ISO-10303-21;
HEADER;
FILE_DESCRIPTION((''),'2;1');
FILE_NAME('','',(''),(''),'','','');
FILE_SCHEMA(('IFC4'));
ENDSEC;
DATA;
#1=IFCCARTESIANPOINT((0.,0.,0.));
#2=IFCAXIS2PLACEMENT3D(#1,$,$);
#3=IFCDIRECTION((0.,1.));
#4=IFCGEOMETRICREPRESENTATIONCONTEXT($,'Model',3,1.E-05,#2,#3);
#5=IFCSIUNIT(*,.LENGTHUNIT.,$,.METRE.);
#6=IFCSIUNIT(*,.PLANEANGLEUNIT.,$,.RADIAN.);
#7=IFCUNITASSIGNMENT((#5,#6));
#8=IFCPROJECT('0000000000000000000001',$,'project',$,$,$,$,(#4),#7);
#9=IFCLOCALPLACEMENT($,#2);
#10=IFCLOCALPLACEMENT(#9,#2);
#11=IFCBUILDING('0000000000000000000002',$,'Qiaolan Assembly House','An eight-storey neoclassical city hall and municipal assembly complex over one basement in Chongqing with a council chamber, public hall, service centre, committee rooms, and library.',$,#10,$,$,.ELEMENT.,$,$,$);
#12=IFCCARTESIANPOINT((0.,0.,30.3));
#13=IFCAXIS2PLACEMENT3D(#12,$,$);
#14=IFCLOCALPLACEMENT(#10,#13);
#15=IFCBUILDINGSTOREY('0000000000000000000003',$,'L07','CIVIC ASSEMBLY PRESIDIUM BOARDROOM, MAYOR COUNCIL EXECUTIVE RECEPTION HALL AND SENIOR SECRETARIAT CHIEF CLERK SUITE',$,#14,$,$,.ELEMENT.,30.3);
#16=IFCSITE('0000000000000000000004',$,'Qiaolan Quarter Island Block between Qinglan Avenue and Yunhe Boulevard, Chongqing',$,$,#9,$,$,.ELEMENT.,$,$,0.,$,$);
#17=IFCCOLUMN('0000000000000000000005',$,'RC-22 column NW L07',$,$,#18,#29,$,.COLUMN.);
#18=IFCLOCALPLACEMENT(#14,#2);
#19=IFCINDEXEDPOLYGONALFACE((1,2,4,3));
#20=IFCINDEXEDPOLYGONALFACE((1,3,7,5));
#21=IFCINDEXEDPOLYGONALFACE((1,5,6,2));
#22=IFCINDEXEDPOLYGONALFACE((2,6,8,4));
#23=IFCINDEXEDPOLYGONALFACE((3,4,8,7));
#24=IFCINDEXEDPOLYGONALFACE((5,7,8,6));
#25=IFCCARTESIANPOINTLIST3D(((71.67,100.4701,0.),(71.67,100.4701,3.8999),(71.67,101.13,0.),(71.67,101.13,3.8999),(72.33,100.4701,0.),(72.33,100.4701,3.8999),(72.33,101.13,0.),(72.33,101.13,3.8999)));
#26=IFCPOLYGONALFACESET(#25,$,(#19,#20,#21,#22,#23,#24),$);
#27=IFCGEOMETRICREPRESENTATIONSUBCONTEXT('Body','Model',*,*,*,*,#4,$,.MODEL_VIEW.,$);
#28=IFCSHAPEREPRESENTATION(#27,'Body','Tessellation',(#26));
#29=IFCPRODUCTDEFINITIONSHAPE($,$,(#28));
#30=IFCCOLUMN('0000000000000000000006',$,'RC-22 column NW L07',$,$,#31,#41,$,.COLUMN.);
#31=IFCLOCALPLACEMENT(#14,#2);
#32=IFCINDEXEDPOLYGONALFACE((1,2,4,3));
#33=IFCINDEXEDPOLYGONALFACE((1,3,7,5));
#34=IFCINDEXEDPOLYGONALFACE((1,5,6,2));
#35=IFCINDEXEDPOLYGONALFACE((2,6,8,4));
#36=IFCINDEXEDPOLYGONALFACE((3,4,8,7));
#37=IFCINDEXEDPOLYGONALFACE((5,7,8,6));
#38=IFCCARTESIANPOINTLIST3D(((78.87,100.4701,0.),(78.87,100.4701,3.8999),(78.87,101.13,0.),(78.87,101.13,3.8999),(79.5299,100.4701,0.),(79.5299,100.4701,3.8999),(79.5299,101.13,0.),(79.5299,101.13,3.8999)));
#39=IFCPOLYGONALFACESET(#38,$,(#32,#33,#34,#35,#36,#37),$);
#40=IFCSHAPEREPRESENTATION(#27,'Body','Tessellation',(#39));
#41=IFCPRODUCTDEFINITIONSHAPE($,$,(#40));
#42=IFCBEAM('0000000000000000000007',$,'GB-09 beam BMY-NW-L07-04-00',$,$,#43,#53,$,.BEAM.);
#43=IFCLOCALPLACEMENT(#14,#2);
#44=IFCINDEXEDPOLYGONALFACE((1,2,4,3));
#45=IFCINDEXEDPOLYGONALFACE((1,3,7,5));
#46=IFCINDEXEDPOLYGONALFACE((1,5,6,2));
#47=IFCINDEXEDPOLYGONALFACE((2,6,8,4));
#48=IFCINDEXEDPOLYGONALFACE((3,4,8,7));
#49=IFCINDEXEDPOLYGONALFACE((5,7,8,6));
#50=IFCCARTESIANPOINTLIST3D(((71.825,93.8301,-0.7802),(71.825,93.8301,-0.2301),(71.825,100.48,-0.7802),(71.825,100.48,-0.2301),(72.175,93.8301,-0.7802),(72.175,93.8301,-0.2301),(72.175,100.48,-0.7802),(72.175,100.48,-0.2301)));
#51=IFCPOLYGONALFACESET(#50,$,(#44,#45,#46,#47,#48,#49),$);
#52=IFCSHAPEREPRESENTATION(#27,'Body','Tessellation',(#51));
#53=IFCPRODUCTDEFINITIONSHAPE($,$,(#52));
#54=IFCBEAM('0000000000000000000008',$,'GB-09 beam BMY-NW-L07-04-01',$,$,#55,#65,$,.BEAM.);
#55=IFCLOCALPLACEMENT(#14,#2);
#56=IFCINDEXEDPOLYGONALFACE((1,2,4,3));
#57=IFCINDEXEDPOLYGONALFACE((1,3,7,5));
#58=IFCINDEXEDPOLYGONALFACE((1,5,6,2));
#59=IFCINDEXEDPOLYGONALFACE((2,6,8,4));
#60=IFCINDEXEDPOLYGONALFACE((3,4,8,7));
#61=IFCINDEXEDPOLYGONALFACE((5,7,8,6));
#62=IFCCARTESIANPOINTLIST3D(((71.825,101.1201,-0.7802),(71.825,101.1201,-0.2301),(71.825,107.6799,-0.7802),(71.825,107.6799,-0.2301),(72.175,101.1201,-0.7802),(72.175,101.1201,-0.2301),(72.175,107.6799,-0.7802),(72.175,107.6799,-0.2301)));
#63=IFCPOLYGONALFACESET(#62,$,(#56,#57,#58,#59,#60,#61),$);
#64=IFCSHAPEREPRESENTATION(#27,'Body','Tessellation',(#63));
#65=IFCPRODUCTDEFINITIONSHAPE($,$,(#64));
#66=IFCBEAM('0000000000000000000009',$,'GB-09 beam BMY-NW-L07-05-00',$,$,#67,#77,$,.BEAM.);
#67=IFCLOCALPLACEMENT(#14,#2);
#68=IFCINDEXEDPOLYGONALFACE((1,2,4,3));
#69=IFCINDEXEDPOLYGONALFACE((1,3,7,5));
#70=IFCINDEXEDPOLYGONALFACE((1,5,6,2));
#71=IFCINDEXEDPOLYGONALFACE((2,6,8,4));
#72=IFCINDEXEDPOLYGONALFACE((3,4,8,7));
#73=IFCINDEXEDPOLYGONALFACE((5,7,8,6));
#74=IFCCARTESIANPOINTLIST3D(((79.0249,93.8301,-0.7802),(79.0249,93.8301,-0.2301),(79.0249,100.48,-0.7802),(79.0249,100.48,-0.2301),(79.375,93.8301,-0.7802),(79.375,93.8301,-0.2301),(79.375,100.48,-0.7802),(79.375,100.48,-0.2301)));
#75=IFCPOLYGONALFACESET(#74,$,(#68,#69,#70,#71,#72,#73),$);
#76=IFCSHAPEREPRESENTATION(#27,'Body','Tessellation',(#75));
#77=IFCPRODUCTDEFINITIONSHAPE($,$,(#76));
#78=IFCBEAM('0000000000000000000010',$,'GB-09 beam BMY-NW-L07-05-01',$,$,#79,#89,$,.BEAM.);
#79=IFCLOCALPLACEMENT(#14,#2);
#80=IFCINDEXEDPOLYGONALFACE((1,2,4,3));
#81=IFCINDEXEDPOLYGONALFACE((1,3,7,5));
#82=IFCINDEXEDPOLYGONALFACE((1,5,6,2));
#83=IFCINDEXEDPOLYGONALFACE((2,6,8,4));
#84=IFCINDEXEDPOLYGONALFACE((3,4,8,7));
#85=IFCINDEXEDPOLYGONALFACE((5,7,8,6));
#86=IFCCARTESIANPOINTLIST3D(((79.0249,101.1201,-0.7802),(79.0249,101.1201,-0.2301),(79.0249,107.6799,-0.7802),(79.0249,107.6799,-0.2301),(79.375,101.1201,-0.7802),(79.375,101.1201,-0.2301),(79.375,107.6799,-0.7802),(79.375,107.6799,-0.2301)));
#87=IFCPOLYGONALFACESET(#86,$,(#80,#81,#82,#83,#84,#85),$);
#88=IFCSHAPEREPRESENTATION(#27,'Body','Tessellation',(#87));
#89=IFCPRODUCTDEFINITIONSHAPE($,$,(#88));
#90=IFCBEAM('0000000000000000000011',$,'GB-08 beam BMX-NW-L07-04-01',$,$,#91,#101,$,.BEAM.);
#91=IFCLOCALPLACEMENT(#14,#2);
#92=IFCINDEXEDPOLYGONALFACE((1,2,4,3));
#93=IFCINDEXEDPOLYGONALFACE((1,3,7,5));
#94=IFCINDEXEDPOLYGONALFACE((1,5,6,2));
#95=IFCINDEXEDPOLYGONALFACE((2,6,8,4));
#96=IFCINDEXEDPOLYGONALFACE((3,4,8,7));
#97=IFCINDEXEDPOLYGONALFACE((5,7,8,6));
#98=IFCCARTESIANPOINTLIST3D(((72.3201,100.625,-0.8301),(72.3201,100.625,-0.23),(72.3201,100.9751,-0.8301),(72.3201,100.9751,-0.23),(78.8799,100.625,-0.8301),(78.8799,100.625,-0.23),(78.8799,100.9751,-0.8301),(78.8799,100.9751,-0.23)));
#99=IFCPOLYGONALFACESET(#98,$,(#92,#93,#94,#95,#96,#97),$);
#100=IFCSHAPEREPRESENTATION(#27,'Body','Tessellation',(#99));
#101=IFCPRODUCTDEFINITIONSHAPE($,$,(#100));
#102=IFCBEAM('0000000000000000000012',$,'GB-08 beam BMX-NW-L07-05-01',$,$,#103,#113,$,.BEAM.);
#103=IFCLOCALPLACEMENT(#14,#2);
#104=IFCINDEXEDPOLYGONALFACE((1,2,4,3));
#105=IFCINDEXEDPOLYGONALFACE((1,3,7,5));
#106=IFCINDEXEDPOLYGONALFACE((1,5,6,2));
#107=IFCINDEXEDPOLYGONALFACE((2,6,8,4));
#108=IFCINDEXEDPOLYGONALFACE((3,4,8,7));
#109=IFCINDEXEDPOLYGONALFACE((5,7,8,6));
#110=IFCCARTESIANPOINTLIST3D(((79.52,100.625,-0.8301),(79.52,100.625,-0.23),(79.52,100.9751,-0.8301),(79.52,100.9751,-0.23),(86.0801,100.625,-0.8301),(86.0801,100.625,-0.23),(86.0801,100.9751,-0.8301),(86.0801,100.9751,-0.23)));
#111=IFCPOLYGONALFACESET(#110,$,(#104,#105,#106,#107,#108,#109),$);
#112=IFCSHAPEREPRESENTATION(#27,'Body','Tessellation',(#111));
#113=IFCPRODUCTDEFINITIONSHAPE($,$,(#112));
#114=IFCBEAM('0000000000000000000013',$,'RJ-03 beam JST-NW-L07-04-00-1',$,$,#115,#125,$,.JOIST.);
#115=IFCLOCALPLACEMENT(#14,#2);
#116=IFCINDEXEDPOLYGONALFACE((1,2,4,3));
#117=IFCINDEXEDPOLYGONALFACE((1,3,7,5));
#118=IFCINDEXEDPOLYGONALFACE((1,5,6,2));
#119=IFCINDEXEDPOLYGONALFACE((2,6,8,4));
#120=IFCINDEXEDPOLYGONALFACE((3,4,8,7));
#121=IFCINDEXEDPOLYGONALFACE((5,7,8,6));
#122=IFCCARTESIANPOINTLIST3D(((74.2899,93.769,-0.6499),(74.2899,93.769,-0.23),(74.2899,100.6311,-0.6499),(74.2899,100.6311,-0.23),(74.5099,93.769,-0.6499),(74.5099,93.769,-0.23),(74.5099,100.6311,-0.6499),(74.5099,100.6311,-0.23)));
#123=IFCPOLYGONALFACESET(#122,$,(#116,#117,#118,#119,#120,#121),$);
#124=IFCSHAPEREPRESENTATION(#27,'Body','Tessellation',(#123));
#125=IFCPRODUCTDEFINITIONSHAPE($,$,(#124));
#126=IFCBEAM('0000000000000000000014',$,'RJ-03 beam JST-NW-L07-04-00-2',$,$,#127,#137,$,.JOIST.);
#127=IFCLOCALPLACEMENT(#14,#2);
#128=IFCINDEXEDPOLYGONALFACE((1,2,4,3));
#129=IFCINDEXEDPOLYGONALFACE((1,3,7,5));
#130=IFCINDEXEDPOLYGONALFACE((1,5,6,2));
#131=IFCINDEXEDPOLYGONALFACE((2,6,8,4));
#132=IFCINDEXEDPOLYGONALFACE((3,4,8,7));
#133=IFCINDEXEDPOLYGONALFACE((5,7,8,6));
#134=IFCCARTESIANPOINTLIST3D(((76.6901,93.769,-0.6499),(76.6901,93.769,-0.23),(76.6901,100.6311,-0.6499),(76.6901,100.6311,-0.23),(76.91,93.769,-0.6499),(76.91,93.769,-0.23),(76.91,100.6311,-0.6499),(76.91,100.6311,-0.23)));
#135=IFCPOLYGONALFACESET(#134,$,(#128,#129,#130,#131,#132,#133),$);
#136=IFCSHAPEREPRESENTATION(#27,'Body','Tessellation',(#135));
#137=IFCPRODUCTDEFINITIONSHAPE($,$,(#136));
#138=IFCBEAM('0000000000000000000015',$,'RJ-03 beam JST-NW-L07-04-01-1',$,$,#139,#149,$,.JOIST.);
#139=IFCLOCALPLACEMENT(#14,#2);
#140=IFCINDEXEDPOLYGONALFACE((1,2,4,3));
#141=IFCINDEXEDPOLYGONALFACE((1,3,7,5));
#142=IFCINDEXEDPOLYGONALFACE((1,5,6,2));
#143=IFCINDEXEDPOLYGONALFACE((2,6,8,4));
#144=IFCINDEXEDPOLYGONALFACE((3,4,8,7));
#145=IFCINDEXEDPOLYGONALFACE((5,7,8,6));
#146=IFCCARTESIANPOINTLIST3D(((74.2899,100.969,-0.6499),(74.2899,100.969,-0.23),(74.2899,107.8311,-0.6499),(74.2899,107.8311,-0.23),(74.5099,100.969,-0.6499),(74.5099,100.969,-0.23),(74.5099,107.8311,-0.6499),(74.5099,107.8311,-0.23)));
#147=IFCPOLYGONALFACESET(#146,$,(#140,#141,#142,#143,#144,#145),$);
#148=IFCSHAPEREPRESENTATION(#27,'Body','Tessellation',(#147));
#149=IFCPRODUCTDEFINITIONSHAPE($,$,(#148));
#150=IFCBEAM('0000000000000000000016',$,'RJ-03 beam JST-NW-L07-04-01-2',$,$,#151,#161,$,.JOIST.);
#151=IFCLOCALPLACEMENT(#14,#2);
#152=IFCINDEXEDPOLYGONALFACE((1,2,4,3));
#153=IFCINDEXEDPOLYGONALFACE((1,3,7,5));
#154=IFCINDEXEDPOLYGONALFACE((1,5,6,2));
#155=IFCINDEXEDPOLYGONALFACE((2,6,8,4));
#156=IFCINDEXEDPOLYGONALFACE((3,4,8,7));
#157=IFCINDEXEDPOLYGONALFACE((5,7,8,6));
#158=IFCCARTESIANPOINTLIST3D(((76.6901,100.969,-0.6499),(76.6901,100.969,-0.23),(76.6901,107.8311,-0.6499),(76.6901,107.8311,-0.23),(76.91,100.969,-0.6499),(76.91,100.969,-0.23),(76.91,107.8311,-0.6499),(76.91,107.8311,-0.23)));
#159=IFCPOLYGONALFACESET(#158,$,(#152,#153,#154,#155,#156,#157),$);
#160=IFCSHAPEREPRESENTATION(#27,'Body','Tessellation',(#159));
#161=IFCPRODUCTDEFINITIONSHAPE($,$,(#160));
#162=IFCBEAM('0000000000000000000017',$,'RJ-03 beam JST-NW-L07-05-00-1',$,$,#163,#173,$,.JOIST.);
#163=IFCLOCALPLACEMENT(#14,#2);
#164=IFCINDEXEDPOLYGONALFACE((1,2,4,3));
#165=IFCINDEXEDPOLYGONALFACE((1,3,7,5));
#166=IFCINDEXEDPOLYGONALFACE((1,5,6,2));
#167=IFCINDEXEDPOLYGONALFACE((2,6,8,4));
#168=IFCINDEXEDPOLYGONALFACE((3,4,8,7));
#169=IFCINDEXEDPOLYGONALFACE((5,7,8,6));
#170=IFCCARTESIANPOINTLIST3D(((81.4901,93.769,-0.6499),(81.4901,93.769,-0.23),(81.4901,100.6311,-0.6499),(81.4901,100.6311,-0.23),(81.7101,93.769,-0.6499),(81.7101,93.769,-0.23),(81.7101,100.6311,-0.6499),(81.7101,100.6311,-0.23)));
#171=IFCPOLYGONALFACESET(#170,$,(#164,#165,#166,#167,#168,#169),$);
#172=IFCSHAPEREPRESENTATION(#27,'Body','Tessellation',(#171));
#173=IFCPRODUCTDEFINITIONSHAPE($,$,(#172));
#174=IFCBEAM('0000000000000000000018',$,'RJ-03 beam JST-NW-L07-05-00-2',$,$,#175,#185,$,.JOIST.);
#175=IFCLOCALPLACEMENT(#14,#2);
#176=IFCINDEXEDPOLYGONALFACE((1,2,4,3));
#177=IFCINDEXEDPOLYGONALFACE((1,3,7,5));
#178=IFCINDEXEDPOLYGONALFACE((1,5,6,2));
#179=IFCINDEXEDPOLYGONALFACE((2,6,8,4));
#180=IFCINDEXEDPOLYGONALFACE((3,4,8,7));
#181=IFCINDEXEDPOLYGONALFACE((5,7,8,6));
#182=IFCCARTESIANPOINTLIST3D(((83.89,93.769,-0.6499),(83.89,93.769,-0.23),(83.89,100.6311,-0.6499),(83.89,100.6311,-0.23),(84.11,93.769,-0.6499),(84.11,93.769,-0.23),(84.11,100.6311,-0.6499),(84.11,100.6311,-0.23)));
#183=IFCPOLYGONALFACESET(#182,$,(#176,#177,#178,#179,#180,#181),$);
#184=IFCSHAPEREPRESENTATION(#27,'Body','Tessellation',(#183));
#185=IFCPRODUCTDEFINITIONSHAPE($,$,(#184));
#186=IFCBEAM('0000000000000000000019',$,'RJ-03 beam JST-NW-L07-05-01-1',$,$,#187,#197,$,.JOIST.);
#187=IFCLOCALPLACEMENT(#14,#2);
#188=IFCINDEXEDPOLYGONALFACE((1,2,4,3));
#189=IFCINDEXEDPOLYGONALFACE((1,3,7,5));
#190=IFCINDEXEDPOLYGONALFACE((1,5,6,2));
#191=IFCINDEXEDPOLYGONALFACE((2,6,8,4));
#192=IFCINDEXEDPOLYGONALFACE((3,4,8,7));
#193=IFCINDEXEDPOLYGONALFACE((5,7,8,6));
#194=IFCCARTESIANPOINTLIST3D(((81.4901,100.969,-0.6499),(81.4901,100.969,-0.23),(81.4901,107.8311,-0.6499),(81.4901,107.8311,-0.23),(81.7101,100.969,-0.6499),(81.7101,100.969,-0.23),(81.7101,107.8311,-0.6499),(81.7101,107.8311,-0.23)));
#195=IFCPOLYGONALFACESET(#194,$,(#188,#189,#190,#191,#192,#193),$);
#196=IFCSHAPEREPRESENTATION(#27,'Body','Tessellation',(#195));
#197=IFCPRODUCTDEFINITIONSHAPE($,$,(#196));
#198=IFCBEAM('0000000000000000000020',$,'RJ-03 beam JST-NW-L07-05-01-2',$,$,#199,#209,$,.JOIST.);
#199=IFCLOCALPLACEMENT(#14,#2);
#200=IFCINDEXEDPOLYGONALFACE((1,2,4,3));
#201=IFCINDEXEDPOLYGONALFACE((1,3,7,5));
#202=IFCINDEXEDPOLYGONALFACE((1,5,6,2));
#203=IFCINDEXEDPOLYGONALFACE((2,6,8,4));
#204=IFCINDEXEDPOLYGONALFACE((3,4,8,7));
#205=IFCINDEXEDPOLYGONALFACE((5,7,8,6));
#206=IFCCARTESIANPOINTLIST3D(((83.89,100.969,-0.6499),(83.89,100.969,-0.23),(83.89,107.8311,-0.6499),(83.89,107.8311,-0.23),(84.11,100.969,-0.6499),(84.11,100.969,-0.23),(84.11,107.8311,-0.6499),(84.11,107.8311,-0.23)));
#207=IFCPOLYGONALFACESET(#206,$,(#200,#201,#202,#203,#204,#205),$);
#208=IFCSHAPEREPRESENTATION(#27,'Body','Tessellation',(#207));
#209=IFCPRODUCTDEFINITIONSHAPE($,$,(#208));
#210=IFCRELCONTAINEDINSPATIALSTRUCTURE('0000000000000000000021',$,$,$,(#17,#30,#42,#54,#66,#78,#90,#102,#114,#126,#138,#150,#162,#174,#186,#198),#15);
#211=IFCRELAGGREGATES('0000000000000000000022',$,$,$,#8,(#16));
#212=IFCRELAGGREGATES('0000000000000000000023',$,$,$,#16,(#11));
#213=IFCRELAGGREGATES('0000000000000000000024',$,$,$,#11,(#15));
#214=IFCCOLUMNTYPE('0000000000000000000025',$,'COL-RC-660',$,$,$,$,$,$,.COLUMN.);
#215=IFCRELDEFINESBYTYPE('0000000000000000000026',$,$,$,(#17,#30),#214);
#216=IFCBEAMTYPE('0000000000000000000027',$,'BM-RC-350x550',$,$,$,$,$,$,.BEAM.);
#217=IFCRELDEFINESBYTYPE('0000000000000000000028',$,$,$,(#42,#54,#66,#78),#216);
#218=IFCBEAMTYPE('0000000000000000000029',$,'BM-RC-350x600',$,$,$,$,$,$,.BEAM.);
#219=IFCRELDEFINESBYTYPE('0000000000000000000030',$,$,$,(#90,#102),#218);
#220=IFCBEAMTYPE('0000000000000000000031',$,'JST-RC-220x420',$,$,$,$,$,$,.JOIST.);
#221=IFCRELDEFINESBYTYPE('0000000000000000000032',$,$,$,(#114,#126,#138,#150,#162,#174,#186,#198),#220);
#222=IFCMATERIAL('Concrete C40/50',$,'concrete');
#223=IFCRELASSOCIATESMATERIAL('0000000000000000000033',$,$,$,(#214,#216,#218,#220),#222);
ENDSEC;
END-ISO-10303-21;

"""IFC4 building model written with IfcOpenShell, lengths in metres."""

from ifc_helpers import new_model, si_unit, direction, frame, origin, origin_2d, place, context, subcontext, project, spatial, rectangle, extrude, material, material_profile, profile_set, type_object, element, save


model = new_model("IFC4")

# Units and contexts
model_context = context("Model", 3, precision=1e-05, world=origin(), true_north=direction((0.0, 1.0)))
body_context = subcontext(model_context, "Body", "Model", "MODEL_VIEW")
ifc_project = project(units=[si_unit("LENGTHUNIT", "METRE"), si_unit("PLANEANGLEUNIT", "RADIAN")], contexts=[model_context])

# Site, building, storey
site_placement = place(None, origin())
site = spatial("IfcSite", under=ifc_project, at=site_placement, Name="Qiaolan Quarter Island Block between Qinglan Avenue and Yunhe Boulevard, Chongqing", CompositionType="ELEMENT", RefElevation=0.0)
building_placement = place(site_placement, origin())
building = spatial("IfcBuilding", under=site, at=building_placement, Name="Qiaolan Assembly House", Description="An eight-storey neoclassical city hall and municipal assembly complex over one basement in Chongqing with a council chamber, public hall, service centre, committee rooms, and library.", CompositionType="ELEMENT")
storey_placement = place(building_placement, frame((0.0, 0.0, 30.3)))
storey = spatial("IfcBuildingStorey", under=building, at=storey_placement, Name="L07", Description="CIVIC ASSEMBLY PRESIDIUM BOARDROOM, MAYOR COUNCIL EXECUTIVE RECEPTION HALL AND SENIOR SECRETARIAT CHIEF CLERK SUITE", CompositionType="ELEMENT", Elevation=30.3)

# Columns
ifc_material_1 = material(Name="Concrete C40/50", Category="concrete")
ifc_material_profile_1 = material_profile(ifc_material_1, rectangle(XDim=0.6599, YDim=0.6599, at=origin_2d()), Name="RC 660x660")
ifc_profile_set_1 = profile_set([ifc_material_profile_1], Name="Concrete C40/50")
column_type = type_object("IfcColumnType", Name="COL-RC-660", PredefinedType="COLUMN", material=ifc_profile_set_1)
for number, where, z_axis, x_axis, name in (
    (1, (72.0, 100.8, 0.0), (0.0, 0.0, 1.0), (1.0, 0.0, 0.0), "RC-22 column NW L07"),
    (2, (79.2, 100.8, 0.0), (0.0, 0.0, 1.0), (1.0, 0.0, 0.0), "RC-22 column NW L07"),
):
    element("IfcColumn", number, at=place(storey_placement, frame(where, z_axis=z_axis, x_axis=x_axis)), inside=storey, type_object=column_type, Name=name, PredefinedType="COLUMN", context=body_context, shape_type="SweptSolid", body=[
        extrude(rectangle(XDim=0.6599, YDim=0.6599, at=origin_2d()), origin(), (0.0, 0.0, 1.0), 3.8999),
    ])

# Beams
ifc_material_profile_2 = material_profile(ifc_material_1, rectangle(XDim=0.3501, YDim=0.55, at=origin_2d()), Name="RCB 350x550")
ifc_profile_set_2 = profile_set([ifc_material_profile_2], Name="Concrete C40/50")
beam_type_1 = type_object("IfcBeamType", Name="BM-RC-350x550", PredefinedType="BEAM", material=ifc_profile_set_2)
beam_1_placement = place(storey_placement, frame((72.0, 93.8301, -0.5051), z_axis=(0.0, 1.0, 0.0), x_axis=(-1.0, 0.0, 0.0)))
element("IfcBeam", 3, at=beam_1_placement, inside=storey, type_object=beam_type_1, Name="GB-09 beam BMY-NW-L07-04-00", PredefinedType="BEAM", context=body_context, shape_type="SweptSolid", body=[
    extrude(rectangle(XDim=0.3501, YDim=0.55, at=origin_2d()), origin(), (0.0, 0.0, 1.0), 6.6499),
])
beam_2_placement = place(storey_placement, frame((72.0, 101.1201, -0.5051), z_axis=(0.0, 1.0, 0.0), x_axis=(-1.0, 0.0, 0.0)))
element("IfcBeam", 4, at=beam_2_placement, inside=storey, type_object=beam_type_1, Name="GB-09 beam BMY-NW-L07-04-01", PredefinedType="BEAM", context=body_context, shape_type="SweptSolid", body=[
    extrude(rectangle(XDim=0.3501, YDim=0.55, at=origin_2d()), origin(), (0.0, 0.0, 1.0), 6.5598),
])
beam_3_placement = place(storey_placement, frame((79.2, 93.8301, -0.5051), z_axis=(0.0, 1.0, 0.0), x_axis=(-1.0, 0.0, 0.0)))
element("IfcBeam", 5, at=beam_3_placement, inside=storey, type_object=beam_type_1, Name="GB-09 beam BMY-NW-L07-05-00", PredefinedType="BEAM", context=body_context, shape_type="SweptSolid", body=[
    extrude(rectangle(XDim=0.3501, YDim=0.55, at=origin_2d()), origin(), (0.0, 0.0, 1.0), 6.6499),
])
beam_4_placement = place(storey_placement, frame((79.2, 101.1201, -0.5051), z_axis=(0.0, 1.0, 0.0), x_axis=(-1.0, 0.0, 0.0)))
element("IfcBeam", 6, at=beam_4_placement, inside=storey, type_object=beam_type_1, Name="GB-09 beam BMY-NW-L07-05-01", PredefinedType="BEAM", context=body_context, shape_type="SweptSolid", body=[
    extrude(rectangle(XDim=0.3501, YDim=0.55, at=origin_2d()), origin(), (0.0, 0.0, 1.0), 6.5598),
])
ifc_material_profile_3 = material_profile(ifc_material_1, rectangle(XDim=0.3501, YDim=0.6001, at=origin_2d()), Name="RCB 350x600")
ifc_profile_set_3 = profile_set([ifc_material_profile_3], Name="Concrete C40/50")
beam_type_2 = type_object("IfcBeamType", Name="BM-RC-350x600", PredefinedType="BEAM", material=ifc_profile_set_3)
beam_5_placement = place(storey_placement, frame((72.3201, 100.8, -0.53), z_axis=(1.0, 0.0, 0.0), x_axis=(0.0, 1.0, 0.0)))
element("IfcBeam", 7, at=beam_5_placement, inside=storey, type_object=beam_type_2, Name="GB-08 beam BMX-NW-L07-04-01", PredefinedType="BEAM", context=body_context, shape_type="SweptSolid", body=[
    extrude(rectangle(XDim=0.3501, YDim=0.6001, at=origin_2d()), origin(), (0.0, 0.0, 1.0), 6.5598),
])
beam_6_placement = place(storey_placement, frame((79.52, 100.8, -0.53), z_axis=(1.0, 0.0, 0.0), x_axis=(0.0, 1.0, 0.0)))
element("IfcBeam", 8, at=beam_6_placement, inside=storey, type_object=beam_type_2, Name="GB-08 beam BMX-NW-L07-05-01", PredefinedType="BEAM", context=body_context, shape_type="SweptSolid", body=[
    extrude(rectangle(XDim=0.3501, YDim=0.6001, at=origin_2d()), origin(), (0.0, 0.0, 1.0), 6.5601),
])
ifc_material_profile_4 = material_profile(ifc_material_1, rectangle(XDim=0.22, YDim=0.4199, at=origin_2d()), Name="RCB 220x420")
ifc_profile_set_4 = profile_set([ifc_material_profile_4], Name="Concrete C40/50")
beam_type_3 = type_object("IfcBeamType", Name="JST-RC-220x420", PredefinedType="JOIST", material=ifc_profile_set_4)
for number, where, z_axis, x_axis, name in (
    (9, (74.3999, 93.769, -0.4399), (0.0, 1.0, 0.0), (-1.0, 0.0, 0.0), "RJ-03 beam JST-NW-L07-04-00-1"),
    (10, (76.8, 93.769, -0.4399), (0.0, 1.0, 0.0), (-1.0, 0.0, 0.0), "RJ-03 beam JST-NW-L07-04-00-2"),
    (11, (74.3999, 100.969, -0.4399), (0.0, 1.0, 0.0), (-1.0, 0.0, 0.0), "RJ-03 beam JST-NW-L07-04-01-1"),
    (12, (76.8, 100.969, -0.4399), (0.0, 1.0, 0.0), (-1.0, 0.0, 0.0), "RJ-03 beam JST-NW-L07-04-01-2"),
    (13, (81.6001, 93.769, -0.4399), (0.0, 1.0, 0.0), (-1.0, 0.0, 0.0), "RJ-03 beam JST-NW-L07-05-00-1"),
    (14, (84.0, 93.769, -0.4399), (0.0, 1.0, 0.0), (-1.0, 0.0, 0.0), "RJ-03 beam JST-NW-L07-05-00-2"),
    (15, (81.6001, 100.969, -0.4399), (0.0, 1.0, 0.0), (-1.0, 0.0, 0.0), "RJ-03 beam JST-NW-L07-05-01-1"),
    (16, (84.0, 100.969, -0.4399), (0.0, 1.0, 0.0), (-1.0, 0.0, 0.0), "RJ-03 beam JST-NW-L07-05-01-2"),
):
    element("IfcBeam", number, at=place(storey_placement, frame(where, z_axis=z_axis, x_axis=x_axis)), inside=storey, type_object=beam_type_3, Name=name, PredefinedType="JOIST", context=body_context, shape_type="SweptSolid", body=[
        extrude(rectangle(XDim=0.22, YDim=0.4199, at=origin_2d()), origin(), (0.0, 0.0, 1.0), 6.8621),
    ])

save(model, "model.ifc")
